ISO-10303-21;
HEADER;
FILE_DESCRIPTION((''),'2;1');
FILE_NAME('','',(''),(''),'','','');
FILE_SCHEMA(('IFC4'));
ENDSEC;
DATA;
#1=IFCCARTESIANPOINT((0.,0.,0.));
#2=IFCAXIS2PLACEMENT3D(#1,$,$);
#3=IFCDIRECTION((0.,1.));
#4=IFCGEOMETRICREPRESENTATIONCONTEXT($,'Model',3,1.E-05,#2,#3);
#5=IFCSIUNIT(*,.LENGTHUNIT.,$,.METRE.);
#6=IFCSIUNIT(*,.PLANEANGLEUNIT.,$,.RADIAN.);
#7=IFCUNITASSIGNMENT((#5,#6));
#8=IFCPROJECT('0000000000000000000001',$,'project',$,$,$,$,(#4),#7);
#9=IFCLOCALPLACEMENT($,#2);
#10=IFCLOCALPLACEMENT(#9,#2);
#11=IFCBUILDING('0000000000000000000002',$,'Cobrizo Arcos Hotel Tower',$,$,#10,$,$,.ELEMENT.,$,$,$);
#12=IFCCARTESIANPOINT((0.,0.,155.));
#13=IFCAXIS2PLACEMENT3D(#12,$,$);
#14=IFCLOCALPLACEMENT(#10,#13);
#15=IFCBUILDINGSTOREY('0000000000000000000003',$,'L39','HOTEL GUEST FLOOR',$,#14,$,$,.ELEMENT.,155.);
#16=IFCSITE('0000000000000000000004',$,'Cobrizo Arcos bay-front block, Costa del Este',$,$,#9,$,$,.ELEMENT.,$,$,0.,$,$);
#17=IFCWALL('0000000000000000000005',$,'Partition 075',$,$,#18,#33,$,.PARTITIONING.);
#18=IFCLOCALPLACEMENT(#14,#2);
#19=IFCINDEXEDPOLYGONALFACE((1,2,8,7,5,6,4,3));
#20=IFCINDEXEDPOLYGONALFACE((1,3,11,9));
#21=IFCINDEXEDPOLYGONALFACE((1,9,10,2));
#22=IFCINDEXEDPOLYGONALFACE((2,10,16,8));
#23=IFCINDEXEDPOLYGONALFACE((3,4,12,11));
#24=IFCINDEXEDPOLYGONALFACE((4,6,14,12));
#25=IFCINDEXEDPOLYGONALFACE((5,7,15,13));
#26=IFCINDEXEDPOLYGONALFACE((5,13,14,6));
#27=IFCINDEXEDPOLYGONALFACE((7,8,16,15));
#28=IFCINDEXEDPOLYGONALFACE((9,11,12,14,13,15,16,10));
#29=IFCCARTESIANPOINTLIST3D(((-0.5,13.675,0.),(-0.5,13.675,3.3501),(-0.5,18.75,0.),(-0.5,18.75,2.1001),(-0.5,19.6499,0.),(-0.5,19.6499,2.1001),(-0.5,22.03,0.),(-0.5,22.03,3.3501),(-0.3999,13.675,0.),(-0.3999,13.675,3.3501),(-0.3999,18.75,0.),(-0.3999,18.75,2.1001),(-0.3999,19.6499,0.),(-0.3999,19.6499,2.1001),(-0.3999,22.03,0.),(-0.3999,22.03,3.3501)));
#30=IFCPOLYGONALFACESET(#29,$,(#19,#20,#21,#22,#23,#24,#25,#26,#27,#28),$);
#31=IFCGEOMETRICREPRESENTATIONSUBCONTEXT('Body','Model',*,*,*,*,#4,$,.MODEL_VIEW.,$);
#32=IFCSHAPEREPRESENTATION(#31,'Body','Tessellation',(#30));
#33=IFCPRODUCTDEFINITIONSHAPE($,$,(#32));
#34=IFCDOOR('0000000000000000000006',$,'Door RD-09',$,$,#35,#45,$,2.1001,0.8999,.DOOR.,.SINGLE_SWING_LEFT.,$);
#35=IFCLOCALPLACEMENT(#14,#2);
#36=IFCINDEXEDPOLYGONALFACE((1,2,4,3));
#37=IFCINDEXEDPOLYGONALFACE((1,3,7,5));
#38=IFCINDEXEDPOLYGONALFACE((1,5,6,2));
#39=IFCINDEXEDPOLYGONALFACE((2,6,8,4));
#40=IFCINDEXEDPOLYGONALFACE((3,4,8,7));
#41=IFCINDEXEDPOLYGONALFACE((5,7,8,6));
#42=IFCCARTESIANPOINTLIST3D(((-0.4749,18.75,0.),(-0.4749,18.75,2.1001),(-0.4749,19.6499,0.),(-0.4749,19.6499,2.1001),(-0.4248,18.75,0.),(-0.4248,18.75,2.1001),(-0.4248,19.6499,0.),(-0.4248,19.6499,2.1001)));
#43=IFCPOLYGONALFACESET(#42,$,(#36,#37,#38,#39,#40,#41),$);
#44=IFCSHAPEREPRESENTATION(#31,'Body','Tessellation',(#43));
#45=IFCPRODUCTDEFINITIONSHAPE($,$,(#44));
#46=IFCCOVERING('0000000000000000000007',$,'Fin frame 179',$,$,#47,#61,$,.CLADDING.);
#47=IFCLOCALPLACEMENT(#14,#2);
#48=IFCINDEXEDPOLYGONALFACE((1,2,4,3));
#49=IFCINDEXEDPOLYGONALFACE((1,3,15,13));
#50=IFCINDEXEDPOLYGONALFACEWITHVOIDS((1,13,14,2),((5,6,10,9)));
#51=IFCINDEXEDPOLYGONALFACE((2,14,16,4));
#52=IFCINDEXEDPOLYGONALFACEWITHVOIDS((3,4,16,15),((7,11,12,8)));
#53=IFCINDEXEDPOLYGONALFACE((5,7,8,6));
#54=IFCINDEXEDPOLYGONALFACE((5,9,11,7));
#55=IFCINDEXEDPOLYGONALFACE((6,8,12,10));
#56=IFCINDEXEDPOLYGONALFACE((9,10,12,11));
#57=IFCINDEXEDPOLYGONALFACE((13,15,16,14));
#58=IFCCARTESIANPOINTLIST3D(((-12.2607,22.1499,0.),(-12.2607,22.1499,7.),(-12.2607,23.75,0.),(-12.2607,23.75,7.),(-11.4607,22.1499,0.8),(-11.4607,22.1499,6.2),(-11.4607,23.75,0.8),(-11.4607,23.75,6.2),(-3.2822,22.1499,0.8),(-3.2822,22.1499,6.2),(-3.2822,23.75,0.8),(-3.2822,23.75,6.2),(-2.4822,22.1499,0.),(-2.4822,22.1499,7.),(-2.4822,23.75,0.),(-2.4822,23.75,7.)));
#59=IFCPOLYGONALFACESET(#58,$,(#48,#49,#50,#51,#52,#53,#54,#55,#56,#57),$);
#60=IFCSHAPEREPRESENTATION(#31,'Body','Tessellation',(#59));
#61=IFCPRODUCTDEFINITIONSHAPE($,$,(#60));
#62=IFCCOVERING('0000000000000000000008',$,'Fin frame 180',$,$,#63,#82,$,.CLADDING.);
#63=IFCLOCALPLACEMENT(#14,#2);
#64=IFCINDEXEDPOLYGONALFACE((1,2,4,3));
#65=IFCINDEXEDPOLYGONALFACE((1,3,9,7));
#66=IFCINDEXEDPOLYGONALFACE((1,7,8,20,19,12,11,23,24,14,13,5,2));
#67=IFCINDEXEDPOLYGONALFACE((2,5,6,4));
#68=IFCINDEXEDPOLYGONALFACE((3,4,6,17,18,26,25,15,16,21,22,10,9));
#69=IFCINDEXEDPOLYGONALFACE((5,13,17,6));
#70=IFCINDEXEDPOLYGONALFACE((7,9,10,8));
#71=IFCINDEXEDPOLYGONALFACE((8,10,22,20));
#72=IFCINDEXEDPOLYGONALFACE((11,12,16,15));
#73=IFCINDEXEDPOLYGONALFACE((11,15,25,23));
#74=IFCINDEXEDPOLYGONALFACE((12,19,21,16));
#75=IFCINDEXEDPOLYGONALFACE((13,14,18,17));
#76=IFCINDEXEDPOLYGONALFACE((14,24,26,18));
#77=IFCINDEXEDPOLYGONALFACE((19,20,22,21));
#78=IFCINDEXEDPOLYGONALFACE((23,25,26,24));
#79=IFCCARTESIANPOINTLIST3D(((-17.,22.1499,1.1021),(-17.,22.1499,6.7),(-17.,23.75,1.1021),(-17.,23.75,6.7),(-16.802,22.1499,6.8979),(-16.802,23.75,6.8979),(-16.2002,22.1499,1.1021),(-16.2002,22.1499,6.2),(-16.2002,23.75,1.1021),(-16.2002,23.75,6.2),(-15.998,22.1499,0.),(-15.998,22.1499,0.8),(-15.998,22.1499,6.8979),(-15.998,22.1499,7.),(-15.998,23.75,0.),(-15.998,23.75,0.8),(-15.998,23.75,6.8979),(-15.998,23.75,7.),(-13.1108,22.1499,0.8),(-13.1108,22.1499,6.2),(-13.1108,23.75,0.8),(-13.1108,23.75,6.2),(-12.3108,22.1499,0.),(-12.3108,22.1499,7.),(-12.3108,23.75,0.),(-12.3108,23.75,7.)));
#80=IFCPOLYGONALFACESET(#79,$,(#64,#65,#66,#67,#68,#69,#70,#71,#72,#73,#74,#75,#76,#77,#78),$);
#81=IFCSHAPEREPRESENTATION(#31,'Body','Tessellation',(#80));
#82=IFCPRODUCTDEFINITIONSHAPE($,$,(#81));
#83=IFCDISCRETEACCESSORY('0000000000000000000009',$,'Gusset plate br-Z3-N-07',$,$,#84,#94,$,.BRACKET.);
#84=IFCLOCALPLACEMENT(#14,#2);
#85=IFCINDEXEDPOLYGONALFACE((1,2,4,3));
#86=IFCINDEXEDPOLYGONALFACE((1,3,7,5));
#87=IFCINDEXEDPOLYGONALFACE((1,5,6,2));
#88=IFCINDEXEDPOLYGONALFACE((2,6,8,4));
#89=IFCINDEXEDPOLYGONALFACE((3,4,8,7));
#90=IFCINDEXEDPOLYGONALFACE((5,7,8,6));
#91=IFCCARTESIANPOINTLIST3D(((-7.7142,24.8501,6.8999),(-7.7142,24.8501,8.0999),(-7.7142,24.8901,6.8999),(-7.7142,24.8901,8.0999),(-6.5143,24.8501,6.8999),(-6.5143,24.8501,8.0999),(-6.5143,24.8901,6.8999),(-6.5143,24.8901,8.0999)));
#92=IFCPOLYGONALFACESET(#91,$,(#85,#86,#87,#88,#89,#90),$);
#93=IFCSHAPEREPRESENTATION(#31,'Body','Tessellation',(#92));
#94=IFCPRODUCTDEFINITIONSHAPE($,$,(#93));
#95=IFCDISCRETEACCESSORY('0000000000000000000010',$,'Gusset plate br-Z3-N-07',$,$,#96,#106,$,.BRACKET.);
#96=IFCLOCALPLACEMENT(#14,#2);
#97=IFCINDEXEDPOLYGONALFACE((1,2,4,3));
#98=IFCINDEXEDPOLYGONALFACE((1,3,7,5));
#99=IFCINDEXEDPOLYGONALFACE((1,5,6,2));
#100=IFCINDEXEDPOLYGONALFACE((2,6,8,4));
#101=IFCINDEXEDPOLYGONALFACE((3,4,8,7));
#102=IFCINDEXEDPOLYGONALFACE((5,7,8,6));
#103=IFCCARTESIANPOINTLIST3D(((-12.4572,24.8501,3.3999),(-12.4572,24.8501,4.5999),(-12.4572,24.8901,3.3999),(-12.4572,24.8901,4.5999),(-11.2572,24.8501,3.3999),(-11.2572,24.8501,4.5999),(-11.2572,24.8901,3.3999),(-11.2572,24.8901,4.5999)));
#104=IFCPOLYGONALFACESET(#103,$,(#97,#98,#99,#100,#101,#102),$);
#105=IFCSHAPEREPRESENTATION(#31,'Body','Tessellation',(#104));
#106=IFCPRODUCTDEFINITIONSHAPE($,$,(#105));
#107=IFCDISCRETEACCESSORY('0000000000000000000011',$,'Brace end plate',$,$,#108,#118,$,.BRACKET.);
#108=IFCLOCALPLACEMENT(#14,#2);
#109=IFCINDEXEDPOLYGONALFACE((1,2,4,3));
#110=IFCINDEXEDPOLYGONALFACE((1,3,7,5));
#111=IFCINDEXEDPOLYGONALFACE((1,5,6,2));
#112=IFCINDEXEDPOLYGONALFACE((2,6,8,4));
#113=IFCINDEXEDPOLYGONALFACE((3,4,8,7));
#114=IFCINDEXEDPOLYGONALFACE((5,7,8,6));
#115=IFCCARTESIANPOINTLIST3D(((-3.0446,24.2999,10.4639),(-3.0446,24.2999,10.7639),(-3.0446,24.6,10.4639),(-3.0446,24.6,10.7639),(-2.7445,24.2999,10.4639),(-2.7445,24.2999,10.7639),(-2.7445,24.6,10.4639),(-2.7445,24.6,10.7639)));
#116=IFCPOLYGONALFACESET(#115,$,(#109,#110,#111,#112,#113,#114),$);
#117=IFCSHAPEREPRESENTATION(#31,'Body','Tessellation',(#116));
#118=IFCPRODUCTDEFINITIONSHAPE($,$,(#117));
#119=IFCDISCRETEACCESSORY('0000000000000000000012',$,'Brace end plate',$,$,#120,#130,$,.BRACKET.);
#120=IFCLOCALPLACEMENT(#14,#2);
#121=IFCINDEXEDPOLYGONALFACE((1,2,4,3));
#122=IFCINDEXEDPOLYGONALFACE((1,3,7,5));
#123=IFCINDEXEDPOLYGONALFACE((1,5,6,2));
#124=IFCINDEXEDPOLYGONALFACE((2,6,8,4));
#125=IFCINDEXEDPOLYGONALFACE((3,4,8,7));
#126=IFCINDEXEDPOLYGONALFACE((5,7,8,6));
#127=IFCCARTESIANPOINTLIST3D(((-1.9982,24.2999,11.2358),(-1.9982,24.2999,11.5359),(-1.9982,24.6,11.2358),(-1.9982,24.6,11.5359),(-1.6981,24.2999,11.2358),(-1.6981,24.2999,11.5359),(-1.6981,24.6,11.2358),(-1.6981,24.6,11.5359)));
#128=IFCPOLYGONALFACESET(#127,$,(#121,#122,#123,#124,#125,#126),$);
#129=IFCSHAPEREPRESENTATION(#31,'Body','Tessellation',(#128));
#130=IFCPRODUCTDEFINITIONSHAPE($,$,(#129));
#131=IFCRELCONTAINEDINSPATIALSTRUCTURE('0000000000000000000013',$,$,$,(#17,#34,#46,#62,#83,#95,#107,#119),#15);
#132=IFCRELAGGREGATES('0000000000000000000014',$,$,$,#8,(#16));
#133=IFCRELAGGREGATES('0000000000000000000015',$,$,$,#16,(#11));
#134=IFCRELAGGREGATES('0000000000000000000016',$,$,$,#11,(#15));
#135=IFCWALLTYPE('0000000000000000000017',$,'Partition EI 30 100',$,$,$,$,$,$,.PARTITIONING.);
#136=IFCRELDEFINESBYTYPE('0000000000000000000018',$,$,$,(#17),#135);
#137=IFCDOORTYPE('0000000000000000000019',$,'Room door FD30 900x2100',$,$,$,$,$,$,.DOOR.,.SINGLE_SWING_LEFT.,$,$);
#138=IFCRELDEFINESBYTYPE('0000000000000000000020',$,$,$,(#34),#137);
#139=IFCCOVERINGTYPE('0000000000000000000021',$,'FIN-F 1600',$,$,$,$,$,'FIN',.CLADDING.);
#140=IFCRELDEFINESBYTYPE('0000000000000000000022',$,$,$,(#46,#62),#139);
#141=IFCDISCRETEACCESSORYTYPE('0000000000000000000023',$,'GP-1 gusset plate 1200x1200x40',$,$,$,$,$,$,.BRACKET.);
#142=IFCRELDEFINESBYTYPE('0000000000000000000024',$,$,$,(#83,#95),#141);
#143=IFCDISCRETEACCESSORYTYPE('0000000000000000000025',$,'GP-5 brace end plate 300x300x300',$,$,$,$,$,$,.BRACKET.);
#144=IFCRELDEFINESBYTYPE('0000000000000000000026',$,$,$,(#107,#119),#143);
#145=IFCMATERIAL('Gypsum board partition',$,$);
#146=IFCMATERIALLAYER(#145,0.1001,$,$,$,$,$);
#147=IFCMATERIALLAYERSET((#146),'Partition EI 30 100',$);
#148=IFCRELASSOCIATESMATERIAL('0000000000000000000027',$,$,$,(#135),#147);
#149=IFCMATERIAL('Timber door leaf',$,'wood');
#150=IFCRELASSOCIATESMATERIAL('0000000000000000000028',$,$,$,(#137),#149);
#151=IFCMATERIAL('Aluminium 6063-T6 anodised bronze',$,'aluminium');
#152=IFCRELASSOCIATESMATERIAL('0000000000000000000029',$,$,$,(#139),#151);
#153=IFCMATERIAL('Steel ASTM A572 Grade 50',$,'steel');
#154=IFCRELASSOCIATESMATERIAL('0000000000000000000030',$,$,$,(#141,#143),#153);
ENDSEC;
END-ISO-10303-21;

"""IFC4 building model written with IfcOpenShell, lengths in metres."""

from ifc_helpers import new_model, si_unit, direction, frame, frame_2d, origin, origin_2d, place, context, subcontext, project, spatial, polyline, rectangle, outline, extrude, material, layer, layer_set, type_object, element, fill, save


model = new_model("IFC4")

# Units and contexts
model_context = context("Model", 3, precision=1e-05, world=origin(), true_north=direction((0.0, 1.0)))
body_context = subcontext(model_context, "Body", "Model", "MODEL_VIEW")
ifc_project = project(units=[si_unit("LENGTHUNIT", "METRE"), si_unit("PLANEANGLEUNIT", "RADIAN")], contexts=[model_context])

# Site, building, storey
site_placement = place(None, origin())
site = spatial("IfcSite", under=ifc_project, at=site_placement, Name="Cobrizo Arcos bay-front block, Costa del Este", CompositionType="ELEMENT", RefElevation=0.0)
building_placement = place(site_placement, origin())
building = spatial("IfcBuilding", under=site, at=building_placement, Name="Cobrizo Arcos Hotel Tower", CompositionType="ELEMENT")
storey_placement = place(building_placement, frame((0.0, 0.0, 155.0)))
storey = spatial("IfcBuildingStorey", under=building, at=storey_placement, Name="L39", Description="HOTEL GUEST FLOOR", CompositionType="ELEMENT", Elevation=155.0)

# Shared definitions
ifc_material_1 = material(Name="Steel ASTM A572 Grade 50", Category="steel")

# Shared definitions
ifc_material_2 = material(Name="Aluminium 6063-T6 anodised bronze", Category="aluminium")

# Shared definitions
ifc_material_3 = material(Name="Gypsum board partition")
ifc_layer_1 = layer(ifc_material_3, 0.1001)
ifc_layer_set_1 = layer_set([ifc_layer_1], Name="Partition EI 30 100")
wall_type = type_object("IfcWallType", Name="Partition EI 30 100", PredefinedType="PARTITIONING", material=ifc_layer_set_1)

# Shared definitions
ifc_material_4 = material(Name="Timber door leaf", Category="wood")
door_type = type_object("IfcDoorType", Name="Room door FD30 900x2100", OperationType="SINGLE_SWING_LEFT", PredefinedType="DOOR", material=ifc_material_4)

# Wall, opening, door
wall_1_placement = place(storey_placement, frame((-0.45, 13.675, 0.0), z_axis=(0.0, 0.0, 1.0), x_axis=(0.0, 1.0, 0.0)))
wall_1 = element("IfcWall", 1, at=wall_1_placement, inside=storey, type_object=wall_type, Name="Partition 075", PredefinedType="PARTITIONING", context=body_context, shape_type="SweptSolid", body=[
    extrude(rectangle(XDim=8.355, YDim=0.1001, at=frame_2d((4.1775, 0.0))), origin(), (0.0, 0.0, 1.0), 3.3501),
])
opening_1_placement = place(wall_1_placement, frame((5.075, 0.0, 0.0)))
opening_1 = element("IfcOpeningElement", 2, at=opening_1_placement, cuts=wall_1, PredefinedType="OPENING", context=body_context, shape_type="SweptSolid", body=[
    extrude(rectangle(XDim=0.8999, YDim=2.1001, at=frame_2d((0.45, 1.05))), frame((0.0, 0.062, 0.0), z_axis=(0.0, -1.0, 0.0), x_axis=(1.0, 0.0, 0.0)), (0.0, 0.0, 1.0), 0.124),
])
door_1_placement = place(opening_1_placement, origin())
door_1 = element("IfcDoor", 3, at=door_1_placement, inside=storey, type_object=door_type, Name="Door RD-09", OperationType="SINGLE_SWING_LEFT", OverallHeight=2.1001, OverallWidth=0.8999, PredefinedType="DOOR", context=body_context, shape_type="SweptSolid", body=[
    extrude(rectangle(XDim=0.8999, YDim=2.1001, at=frame_2d((0.45, 1.05))), frame((0.0, 0.0249, 0.0), z_axis=(0.0, -1.0, 0.0), x_axis=(1.0, 0.0, 0.0)), (0.0, 0.0, 1.0), 0.05),
])
fill(opening_1, door_1)

# Coverings
covering_type = type_object("IfcCoveringType", Name="FIN-F 1600", ElementType="FIN", PredefinedType="CLADDING", material=ifc_material_2)
covering_1_placement = place(storey_placement, frame((-2.4822, 22.1499, 0.0), z_axis=(0.0, 1.0, 0.0), x_axis=(-1.0, 0.0, 0.0)))
element("IfcCovering", 4, at=covering_1_placement, inside=storey, type_object=covering_type, Name="Fin frame 179", PredefinedType="CLADDING", context=body_context, shape_type="SweptSolid", body=[
    extrude(outline(polyline([(0.0, 7.0), (0.0, 0.0), (9.7786, 0.0), (9.7786, 7.0), (0.0, 7.0)]), holes=[polyline([(8.9785, 0.8), (0.8, 0.8), (0.8, 6.2), (8.9785, 6.2), (8.9785, 0.8)])]), origin(), (0.0, 0.0, 1.0), 1.6001),
])
covering_2_placement = place(storey_placement, frame((-12.3108, 22.1499, 0.0), z_axis=(0.0, 1.0, 0.0), x_axis=(-1.0, 0.0, 0.0)))
element("IfcCovering", 5, at=covering_2_placement, inside=storey, type_object=covering_type, Name="Fin frame 180", PredefinedType="CLADDING", context=body_context, shape_type="SweptSolid", body=[
    extrude(outline(polyline([(0.0, 0.0), (3.6873, 0.0), (3.6873, 0.8), (0.8, 0.8), (0.8, 6.2), (3.8894, 6.2), (3.8894, 1.1021), (4.6892, 1.1021), (4.6892, 6.7), (4.4912, 6.8979), (3.6873, 6.8979), (3.6873, 7.0), (0.0, 7.0), (0.0, 0.0)])), origin(), (0.0, 0.0, 1.0), 1.6001),
])

# Discrete accessories
discrete_accessory_type_1 = type_object("IfcDiscreteAccessoryType", Name="GP-1 gusset plate 1200x1200x40", PredefinedType="BRACKET", material=ifc_material_1)
for number, where, z_axis, x_axis, name in (
    (6, (-7.1143, 24.8701, 6.8999), (0.0, 0.0, 1.0), (1.0, 0.0, 0.0), "Gusset plate br-Z3-N-07"),
    (7, (-11.8572, 24.8701, 3.3999), (0.0, 0.0, 1.0), (1.0, 0.0, 0.0), "Gusset plate br-Z3-N-07"),
):
    element("IfcDiscreteAccessory", number, at=place(storey_placement, frame(where, z_axis=z_axis, x_axis=x_axis)), inside=storey, type_object=discrete_accessory_type_1, Name=name, PredefinedType="BRACKET", context=body_context, shape_type="SweptSolid", body=[
        extrude(rectangle(XDim=1.2, YDim=0.04, at=origin_2d()), origin(), (0.0, 0.0, 1.0), 1.2),
    ])
discrete_accessory_type_2 = type_object("IfcDiscreteAccessoryType", Name="GP-5 brace end plate 300x300x300", PredefinedType="BRACKET", material=ifc_material_1)
for number, where, z_axis, x_axis, name in (
    (8, (-2.8945, 24.45, 10.4639), (0.0, 0.0, 1.0), (1.0, 0.0, 0.0), "Brace end plate"),
    (9, (-1.8481, 24.45, 11.2358), (0.0, 0.0, 1.0), (1.0, 0.0, 0.0), "Brace end plate"),
):
    element("IfcDiscreteAccessory", number, at=place(storey_placement, frame(where, z_axis=z_axis, x_axis=x_axis)), inside=storey, type_object=discrete_accessory_type_2, Name=name, PredefinedType="BRACKET", context=body_context, shape_type="SweptSolid", body=[
        extrude(rectangle(XDim=0.3, YDim=0.3, at=origin_2d()), origin(), (0.0, 0.0, 1.0), 0.3),
    ])

save(model, "model.ifc")
